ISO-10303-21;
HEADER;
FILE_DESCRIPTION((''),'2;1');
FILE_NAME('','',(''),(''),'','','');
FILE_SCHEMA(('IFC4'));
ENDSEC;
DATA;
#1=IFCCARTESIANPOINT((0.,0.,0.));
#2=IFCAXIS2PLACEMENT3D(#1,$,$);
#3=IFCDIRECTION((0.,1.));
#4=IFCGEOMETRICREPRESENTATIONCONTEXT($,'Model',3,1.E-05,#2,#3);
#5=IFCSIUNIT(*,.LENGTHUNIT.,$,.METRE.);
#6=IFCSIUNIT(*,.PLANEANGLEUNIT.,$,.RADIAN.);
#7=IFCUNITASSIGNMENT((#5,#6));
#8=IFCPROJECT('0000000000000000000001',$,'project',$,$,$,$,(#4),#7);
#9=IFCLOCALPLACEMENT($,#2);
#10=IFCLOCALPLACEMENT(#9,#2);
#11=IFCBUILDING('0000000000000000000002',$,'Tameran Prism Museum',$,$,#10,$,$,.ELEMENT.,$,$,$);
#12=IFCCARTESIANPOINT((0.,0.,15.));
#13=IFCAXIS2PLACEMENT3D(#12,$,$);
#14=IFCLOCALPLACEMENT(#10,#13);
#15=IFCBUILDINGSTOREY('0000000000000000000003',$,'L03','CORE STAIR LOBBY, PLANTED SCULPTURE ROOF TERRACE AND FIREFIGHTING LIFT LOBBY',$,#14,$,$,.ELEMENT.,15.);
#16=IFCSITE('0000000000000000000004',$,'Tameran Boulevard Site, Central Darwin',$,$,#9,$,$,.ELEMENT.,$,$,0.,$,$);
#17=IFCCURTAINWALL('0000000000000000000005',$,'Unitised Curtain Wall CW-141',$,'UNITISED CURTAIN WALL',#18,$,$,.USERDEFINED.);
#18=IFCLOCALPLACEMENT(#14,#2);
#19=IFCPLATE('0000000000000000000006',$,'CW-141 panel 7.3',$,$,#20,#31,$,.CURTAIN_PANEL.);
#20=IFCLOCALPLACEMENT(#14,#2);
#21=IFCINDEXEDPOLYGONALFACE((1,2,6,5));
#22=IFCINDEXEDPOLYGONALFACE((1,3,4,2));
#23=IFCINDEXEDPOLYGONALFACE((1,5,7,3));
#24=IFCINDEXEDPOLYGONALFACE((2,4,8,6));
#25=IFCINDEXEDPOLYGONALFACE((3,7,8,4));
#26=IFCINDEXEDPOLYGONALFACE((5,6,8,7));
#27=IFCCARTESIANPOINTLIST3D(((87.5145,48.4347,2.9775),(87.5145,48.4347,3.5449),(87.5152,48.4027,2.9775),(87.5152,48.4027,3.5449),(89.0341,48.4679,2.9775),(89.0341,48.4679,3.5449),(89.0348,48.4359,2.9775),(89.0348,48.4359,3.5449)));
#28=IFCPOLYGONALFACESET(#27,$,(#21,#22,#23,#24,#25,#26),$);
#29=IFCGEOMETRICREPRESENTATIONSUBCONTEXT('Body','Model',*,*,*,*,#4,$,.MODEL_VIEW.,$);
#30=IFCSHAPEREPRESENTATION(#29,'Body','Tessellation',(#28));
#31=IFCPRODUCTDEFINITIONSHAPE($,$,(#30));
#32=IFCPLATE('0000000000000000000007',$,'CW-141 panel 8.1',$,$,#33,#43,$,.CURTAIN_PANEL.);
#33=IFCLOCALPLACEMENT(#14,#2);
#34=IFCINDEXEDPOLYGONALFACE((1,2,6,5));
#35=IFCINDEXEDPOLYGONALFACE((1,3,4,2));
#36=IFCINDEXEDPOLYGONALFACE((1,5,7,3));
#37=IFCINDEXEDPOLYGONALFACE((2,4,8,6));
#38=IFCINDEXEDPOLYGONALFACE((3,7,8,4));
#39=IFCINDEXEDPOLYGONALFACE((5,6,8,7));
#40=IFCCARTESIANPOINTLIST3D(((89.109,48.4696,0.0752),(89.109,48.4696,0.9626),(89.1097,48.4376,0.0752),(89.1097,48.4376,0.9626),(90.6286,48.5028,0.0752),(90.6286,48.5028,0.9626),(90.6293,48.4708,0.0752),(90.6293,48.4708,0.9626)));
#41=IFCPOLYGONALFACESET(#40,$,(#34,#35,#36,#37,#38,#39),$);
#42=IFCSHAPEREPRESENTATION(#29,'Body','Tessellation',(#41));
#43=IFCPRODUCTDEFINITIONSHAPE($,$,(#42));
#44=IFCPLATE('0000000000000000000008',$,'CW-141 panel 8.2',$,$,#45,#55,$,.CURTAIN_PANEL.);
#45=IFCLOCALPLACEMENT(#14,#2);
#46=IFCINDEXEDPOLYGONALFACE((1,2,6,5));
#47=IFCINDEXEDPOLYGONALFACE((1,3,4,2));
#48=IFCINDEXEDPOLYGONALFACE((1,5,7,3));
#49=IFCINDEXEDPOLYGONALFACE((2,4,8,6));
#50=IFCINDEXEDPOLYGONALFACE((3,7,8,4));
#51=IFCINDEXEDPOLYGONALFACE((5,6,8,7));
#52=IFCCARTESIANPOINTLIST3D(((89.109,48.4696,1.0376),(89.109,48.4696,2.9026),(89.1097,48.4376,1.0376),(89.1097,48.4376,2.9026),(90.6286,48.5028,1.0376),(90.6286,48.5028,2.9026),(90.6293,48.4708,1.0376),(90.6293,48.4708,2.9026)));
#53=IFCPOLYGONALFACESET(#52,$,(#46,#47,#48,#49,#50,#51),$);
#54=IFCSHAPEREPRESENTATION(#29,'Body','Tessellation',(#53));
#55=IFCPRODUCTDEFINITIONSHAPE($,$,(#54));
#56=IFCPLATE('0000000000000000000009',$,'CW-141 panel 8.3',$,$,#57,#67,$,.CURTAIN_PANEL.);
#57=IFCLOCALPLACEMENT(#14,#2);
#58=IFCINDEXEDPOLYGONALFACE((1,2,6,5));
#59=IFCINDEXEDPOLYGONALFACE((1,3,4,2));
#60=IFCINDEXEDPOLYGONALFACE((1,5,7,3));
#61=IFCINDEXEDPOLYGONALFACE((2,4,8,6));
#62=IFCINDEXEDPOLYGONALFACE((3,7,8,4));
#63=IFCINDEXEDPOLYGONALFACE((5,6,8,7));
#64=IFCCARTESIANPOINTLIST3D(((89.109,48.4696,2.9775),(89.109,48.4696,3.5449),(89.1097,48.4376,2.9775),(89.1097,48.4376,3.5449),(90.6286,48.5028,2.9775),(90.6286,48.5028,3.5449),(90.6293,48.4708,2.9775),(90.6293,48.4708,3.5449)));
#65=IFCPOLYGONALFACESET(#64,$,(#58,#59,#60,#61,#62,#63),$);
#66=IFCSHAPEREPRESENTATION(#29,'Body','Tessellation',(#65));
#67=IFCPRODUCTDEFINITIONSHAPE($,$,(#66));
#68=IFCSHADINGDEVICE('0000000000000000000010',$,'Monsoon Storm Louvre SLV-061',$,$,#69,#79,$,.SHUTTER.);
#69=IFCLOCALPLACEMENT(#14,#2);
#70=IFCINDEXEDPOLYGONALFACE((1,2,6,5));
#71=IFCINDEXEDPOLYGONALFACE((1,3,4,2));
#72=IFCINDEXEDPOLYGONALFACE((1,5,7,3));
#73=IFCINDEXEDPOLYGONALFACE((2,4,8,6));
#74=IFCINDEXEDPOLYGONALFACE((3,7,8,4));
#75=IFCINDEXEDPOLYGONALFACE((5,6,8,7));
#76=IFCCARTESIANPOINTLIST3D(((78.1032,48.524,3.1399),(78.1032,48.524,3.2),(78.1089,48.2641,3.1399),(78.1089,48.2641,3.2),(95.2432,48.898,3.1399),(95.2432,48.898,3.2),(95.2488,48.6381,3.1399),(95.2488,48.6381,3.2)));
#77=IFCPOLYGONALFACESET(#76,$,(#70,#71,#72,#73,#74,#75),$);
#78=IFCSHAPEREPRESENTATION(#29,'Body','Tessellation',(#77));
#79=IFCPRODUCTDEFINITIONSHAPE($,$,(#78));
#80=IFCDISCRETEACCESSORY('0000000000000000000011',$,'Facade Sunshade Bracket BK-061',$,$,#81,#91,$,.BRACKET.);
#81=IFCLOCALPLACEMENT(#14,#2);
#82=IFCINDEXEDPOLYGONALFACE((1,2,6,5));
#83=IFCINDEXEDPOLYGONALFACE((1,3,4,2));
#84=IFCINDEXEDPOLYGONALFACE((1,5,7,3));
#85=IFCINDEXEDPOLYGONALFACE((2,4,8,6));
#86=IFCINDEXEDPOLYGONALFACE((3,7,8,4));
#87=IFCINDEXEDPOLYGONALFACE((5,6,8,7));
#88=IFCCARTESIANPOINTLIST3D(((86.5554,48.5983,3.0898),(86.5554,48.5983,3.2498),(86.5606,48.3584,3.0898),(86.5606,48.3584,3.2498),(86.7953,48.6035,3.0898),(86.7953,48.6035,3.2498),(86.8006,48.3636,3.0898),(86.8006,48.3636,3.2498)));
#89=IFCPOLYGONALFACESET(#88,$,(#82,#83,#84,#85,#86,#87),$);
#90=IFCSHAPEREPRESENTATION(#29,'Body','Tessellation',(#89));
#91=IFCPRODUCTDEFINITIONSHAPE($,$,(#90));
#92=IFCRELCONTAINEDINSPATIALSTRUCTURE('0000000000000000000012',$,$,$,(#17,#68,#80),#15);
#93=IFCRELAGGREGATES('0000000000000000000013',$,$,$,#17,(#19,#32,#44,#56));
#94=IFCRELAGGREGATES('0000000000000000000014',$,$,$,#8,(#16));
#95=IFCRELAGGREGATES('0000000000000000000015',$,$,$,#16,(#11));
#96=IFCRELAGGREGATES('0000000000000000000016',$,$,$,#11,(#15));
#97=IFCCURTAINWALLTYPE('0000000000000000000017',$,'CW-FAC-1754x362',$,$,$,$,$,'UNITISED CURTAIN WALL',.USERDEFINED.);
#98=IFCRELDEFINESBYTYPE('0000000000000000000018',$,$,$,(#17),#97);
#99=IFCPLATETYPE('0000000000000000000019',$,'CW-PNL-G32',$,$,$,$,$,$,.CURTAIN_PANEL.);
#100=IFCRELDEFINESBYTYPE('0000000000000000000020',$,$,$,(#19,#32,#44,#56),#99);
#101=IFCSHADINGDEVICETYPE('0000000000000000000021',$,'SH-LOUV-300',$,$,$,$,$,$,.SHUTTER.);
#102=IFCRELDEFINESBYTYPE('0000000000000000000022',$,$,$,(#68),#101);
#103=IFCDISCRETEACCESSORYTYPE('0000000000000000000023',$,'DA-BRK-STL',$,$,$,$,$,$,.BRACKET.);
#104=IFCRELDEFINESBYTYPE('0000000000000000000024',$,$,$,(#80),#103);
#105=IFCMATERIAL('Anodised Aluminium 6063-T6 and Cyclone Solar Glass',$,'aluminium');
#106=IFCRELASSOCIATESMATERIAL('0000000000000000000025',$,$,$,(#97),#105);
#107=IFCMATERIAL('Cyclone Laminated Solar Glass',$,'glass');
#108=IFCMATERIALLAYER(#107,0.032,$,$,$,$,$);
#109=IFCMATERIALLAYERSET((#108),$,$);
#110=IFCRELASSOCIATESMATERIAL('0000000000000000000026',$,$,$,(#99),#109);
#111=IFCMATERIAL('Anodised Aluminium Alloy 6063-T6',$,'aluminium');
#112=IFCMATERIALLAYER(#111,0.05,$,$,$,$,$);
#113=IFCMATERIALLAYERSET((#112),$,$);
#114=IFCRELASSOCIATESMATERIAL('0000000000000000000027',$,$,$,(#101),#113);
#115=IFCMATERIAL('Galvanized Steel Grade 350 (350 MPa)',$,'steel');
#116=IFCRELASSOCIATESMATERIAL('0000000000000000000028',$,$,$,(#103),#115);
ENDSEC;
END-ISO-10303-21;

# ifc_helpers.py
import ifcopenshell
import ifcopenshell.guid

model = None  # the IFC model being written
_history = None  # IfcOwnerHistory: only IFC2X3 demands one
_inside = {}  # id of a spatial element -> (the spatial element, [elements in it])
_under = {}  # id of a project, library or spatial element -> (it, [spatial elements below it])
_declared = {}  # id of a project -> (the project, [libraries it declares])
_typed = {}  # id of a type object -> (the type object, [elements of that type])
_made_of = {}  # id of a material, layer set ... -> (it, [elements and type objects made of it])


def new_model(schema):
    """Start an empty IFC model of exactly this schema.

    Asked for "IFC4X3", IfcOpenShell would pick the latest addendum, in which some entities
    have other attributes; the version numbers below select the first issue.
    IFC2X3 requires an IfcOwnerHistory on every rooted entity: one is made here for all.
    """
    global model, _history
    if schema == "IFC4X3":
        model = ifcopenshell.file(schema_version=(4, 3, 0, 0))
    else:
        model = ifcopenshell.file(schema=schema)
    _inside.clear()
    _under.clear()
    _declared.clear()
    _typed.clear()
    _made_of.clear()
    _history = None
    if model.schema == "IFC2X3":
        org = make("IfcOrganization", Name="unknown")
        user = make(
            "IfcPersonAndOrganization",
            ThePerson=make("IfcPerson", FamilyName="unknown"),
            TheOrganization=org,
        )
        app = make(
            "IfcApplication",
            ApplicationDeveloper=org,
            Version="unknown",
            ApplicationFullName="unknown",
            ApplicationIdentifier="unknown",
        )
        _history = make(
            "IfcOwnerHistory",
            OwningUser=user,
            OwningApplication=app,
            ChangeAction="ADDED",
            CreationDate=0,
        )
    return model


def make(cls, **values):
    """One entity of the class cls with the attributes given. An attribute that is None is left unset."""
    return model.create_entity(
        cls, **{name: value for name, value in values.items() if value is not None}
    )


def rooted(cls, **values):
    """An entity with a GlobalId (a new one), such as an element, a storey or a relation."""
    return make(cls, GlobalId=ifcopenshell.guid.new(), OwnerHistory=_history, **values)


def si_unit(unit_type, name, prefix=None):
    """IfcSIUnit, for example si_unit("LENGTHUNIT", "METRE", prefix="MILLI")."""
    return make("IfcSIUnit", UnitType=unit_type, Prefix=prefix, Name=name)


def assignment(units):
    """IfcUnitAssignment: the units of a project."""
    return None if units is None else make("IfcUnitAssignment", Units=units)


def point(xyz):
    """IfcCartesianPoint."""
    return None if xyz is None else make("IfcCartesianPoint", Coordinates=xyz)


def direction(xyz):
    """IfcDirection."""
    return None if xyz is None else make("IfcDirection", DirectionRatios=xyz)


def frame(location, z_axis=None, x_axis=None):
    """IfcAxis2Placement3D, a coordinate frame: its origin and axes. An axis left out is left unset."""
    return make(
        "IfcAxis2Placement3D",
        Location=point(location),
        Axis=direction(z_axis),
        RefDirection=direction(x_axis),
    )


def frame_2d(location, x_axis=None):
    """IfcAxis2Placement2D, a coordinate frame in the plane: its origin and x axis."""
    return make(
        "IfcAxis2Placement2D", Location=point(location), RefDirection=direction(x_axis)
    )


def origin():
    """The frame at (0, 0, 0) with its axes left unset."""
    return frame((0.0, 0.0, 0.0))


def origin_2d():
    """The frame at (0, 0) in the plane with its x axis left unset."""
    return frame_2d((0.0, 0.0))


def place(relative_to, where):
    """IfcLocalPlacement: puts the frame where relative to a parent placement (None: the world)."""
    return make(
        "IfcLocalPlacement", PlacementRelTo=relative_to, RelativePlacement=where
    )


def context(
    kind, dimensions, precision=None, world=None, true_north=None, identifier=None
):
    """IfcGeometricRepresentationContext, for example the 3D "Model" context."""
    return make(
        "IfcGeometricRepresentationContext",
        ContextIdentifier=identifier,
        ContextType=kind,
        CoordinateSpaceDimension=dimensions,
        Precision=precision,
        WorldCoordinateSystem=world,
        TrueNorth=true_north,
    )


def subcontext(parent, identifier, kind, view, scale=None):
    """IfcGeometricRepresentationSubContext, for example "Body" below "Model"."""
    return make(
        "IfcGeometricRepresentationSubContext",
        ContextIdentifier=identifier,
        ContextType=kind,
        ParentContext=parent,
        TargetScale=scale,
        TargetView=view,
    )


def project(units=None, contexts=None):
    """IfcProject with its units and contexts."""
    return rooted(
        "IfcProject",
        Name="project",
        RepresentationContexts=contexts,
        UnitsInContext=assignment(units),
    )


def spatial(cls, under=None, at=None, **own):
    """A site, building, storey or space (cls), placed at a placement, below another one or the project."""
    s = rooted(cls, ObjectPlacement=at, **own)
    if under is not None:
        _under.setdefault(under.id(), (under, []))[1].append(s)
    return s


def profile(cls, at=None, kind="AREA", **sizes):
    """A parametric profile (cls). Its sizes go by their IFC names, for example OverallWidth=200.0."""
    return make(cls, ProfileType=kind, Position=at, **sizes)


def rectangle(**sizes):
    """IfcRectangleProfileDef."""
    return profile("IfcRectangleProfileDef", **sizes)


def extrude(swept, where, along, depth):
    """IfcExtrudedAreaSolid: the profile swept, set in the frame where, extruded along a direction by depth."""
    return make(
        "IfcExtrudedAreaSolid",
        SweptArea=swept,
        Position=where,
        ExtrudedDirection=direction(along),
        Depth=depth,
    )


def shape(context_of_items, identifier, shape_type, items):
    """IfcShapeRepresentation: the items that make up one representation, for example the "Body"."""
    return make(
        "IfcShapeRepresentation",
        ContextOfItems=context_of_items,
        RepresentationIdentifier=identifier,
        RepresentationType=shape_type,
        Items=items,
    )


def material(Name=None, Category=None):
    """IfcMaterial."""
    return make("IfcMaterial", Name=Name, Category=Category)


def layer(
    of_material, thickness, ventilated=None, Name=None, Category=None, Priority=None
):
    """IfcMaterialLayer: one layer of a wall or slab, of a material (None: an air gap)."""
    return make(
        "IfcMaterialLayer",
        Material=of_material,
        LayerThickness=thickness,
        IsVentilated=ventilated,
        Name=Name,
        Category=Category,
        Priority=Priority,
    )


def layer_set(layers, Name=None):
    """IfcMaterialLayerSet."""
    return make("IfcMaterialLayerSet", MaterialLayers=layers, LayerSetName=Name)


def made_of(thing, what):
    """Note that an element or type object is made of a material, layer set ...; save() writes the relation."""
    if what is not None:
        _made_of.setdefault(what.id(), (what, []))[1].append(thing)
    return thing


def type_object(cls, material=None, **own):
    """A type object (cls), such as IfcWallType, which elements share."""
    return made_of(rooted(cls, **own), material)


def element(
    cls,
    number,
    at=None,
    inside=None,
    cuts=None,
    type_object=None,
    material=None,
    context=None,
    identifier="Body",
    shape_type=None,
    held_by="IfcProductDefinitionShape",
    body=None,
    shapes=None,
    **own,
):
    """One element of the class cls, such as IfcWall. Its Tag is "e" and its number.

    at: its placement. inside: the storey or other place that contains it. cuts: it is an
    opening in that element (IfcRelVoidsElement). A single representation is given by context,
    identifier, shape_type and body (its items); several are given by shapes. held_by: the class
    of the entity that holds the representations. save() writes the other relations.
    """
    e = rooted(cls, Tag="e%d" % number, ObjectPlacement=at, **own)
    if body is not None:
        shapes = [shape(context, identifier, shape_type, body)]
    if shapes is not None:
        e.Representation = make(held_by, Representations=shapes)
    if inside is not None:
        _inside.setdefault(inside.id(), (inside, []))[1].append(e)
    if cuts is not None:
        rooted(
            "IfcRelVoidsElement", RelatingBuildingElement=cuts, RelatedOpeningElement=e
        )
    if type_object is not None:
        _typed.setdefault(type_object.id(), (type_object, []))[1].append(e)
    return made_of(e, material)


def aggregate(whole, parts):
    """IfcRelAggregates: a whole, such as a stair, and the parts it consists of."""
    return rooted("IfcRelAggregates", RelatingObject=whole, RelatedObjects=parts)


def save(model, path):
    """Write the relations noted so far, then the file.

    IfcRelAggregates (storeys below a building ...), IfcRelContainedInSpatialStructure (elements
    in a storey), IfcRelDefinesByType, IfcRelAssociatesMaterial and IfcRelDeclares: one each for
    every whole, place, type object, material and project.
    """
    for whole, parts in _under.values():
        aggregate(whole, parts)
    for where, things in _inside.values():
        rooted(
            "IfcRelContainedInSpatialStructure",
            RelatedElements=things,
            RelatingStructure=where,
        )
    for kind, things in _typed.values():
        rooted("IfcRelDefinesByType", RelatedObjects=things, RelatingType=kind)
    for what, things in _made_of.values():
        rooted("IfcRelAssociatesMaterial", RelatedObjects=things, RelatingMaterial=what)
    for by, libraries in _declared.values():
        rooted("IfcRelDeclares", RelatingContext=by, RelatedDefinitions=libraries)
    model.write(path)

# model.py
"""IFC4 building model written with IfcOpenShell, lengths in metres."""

from ifc_helpers import new_model, si_unit, direction, frame, origin, origin_2d, place, context, subcontext, project, spatial, rectangle, extrude, material, layer, layer_set, type_object, element, aggregate, save


model = new_model("IFC4")

# Units and contexts
model_context = context("Model", 3, precision=1e-05, world=origin(), true_north=direction((0.0, 1.0)))
body_context = subcontext(model_context, "Body", "Model", "MODEL_VIEW")
ifc_project = project(units=[si_unit("LENGTHUNIT", "METRE"), si_unit("PLANEANGLEUNIT", "RADIAN")], contexts=[model_context])

# Site, building, storey
site_placement = place(None, origin())
site = spatial("IfcSite", under=ifc_project, at=site_placement, Name="Tameran Boulevard Site, Central Darwin", CompositionType="ELEMENT", RefElevation=0.0)
building_placement = place(site_placement, origin())
building = spatial("IfcBuilding", under=site, at=building_placement, Name="Tameran Prism Museum", CompositionType="ELEMENT")
storey_placement = place(building_placement, frame((0.0, 0.0, 15.0)))
storey = spatial("IfcBuildingStorey", under=building, at=storey_placement, Name="L03", Description="CORE STAIR LOBBY, PLANTED SCULPTURE ROOF TERRACE AND FIREFIGHTING LIFT LOBBY", CompositionType="ELEMENT", Elevation=15.0)

# Curtain wall, plates
ifc_material_1 = material(Name="Anodised Aluminium 6063-T6 and Cyclone Solar Glass", Category="aluminium")
curtain_wall_type = type_object("IfcCurtainWallType", Name="CW-FAC-1754x362", ElementType="UNITISED CURTAIN WALL", PredefinedType="USERDEFINED", material=ifc_material_1)
curtain_wall_placement = place(storey_placement, origin())
curtain_wall = element("IfcCurtainWall", 1, at=curtain_wall_placement, inside=storey, type_object=curtain_wall_type, Name="Unitised Curtain Wall CW-141", ObjectType="UNITISED CURTAIN WALL", PredefinedType="USERDEFINED")
ifc_material_2 = material(Name="Cyclone Laminated Solar Glass", Category="glass")
ifc_layer_1 = layer(ifc_material_2, 0.032)
ifc_layer_set_1 = layer_set([ifc_layer_1])
plate_type = type_object("IfcPlateType", Name="CW-PNL-G32", PredefinedType="CURTAIN_PANEL", material=ifc_layer_set_1)
plate_1_placement = place(storey_placement, frame((88.2747, 48.4353, 2.9775), z_axis=(0.0, 0.0, 1.0), x_axis=(0.999762, 0.021831, 0.0)))
plate_1 = element("IfcPlate", 2, at=plate_1_placement, type_object=plate_type, Name="CW-141 panel 7.3", PredefinedType="CURTAIN_PANEL", context=body_context, shape_type="SweptSolid", body=[
    extrude(rectangle(XDim=1.52, YDim=0.032, at=origin_2d()), origin(), (0.0, 0.0, 1.0), 0.5674),
])
plate_2_placement = place(storey_placement, frame((89.8691, 48.4702, 0.0752), z_axis=(0.0, 0.0, 1.0), x_axis=(0.999762, 0.021831, 0.0)))
plate_2 = element("IfcPlate", 3, at=plate_2_placement, type_object=plate_type, Name="CW-141 panel 8.1", PredefinedType="CURTAIN_PANEL", context=body_context, shape_type="SweptSolid", body=[
    extrude(rectangle(XDim=1.52, YDim=0.032, at=origin_2d()), origin(), (0.0, 0.0, 1.0), 0.8875),
])
plate_3_placement = place(storey_placement, frame((89.8691, 48.4702, 1.0376), z_axis=(0.0, 0.0, 1.0), x_axis=(0.999762, 0.021831, 0.0)))
plate_3 = element("IfcPlate", 4, at=plate_3_placement, type_object=plate_type, Name="CW-141 panel 8.2", PredefinedType="CURTAIN_PANEL", context=body_context, shape_type="SweptSolid", body=[
    extrude(rectangle(XDim=1.52, YDim=0.032, at=origin_2d()), origin(), (0.0, 0.0, 1.0), 1.865),
])
plate_4_placement = place(storey_placement, frame((89.8691, 48.4702, 2.9775), z_axis=(0.0, 0.0, 1.0), x_axis=(0.999762, 0.021831, 0.0)))
plate_4 = element("IfcPlate", 5, at=plate_4_placement, type_object=plate_type, Name="CW-141 panel 8.3", PredefinedType="CURTAIN_PANEL", context=body_context, shape_type="SweptSolid", body=[
    extrude(rectangle(XDim=1.52, YDim=0.032, at=origin_2d()), origin(), (0.0, 0.0, 1.0), 0.5674),
])
aggregate(curtain_wall, [plate_1, plate_2, plate_3, plate_4])

# Shading device
ifc_material_3 = material(Name="Anodised Aluminium Alloy 6063-T6", Category="aluminium")
ifc_layer_2 = layer(ifc_material_3, 0.05)
ifc_layer_set_2 = layer_set([ifc_layer_2])
shading_device_type = type_object("IfcShadingDeviceType", Name="SH-LOUV-300", PredefinedType="SHUTTER", material=ifc_layer_set_2)
shading_device_placement = place(storey_placement, frame((86.676, 48.5811, 3.1399), z_axis=(0.0, 0.0, 1.0), x_axis=(0.999762, 0.021815, 0.0)))
element("IfcShadingDevice", 6, at=shading_device_placement, inside=storey, type_object=shading_device_type, Name="Monsoon Storm Louvre SLV-061", PredefinedType="SHUTTER", context=body_context, shape_type="SweptSolid", body=[
    extrude(rectangle(XDim=17.144, YDim=0.26, at=origin_2d()), origin(), (0.0, 0.0, 1.0), 0.0601),
])

# Discrete accessory
ifc_material_4 = material(Name="Galvanized Steel Grade 350 (350 MPa)", Category="steel")
discrete_accessory_type = type_object("IfcDiscreteAccessoryType", Name="DA-BRK-STL", PredefinedType="BRACKET", material=ifc_material_4)
discrete_accessory_placement = place(storey_placement, frame((86.678, 48.481, 3.0898), z_axis=(0.0, 0.0, 1.0), x_axis=(0.999762, 0.021815, 0.0)))
element("IfcDiscreteAccessory", 7, at=discrete_accessory_placement, inside=storey, type_object=discrete_accessory_type, Name="Facade Sunshade Bracket BK-061", PredefinedType="BRACKET", context=body_context, shape_type="SweptSolid", body=[
    extrude(rectangle(XDim=0.24, YDim=0.24, at=origin_2d()), origin(), (0.0, 0.0, 1.0), 0.1599),
])

save(model, "model.ifc")
